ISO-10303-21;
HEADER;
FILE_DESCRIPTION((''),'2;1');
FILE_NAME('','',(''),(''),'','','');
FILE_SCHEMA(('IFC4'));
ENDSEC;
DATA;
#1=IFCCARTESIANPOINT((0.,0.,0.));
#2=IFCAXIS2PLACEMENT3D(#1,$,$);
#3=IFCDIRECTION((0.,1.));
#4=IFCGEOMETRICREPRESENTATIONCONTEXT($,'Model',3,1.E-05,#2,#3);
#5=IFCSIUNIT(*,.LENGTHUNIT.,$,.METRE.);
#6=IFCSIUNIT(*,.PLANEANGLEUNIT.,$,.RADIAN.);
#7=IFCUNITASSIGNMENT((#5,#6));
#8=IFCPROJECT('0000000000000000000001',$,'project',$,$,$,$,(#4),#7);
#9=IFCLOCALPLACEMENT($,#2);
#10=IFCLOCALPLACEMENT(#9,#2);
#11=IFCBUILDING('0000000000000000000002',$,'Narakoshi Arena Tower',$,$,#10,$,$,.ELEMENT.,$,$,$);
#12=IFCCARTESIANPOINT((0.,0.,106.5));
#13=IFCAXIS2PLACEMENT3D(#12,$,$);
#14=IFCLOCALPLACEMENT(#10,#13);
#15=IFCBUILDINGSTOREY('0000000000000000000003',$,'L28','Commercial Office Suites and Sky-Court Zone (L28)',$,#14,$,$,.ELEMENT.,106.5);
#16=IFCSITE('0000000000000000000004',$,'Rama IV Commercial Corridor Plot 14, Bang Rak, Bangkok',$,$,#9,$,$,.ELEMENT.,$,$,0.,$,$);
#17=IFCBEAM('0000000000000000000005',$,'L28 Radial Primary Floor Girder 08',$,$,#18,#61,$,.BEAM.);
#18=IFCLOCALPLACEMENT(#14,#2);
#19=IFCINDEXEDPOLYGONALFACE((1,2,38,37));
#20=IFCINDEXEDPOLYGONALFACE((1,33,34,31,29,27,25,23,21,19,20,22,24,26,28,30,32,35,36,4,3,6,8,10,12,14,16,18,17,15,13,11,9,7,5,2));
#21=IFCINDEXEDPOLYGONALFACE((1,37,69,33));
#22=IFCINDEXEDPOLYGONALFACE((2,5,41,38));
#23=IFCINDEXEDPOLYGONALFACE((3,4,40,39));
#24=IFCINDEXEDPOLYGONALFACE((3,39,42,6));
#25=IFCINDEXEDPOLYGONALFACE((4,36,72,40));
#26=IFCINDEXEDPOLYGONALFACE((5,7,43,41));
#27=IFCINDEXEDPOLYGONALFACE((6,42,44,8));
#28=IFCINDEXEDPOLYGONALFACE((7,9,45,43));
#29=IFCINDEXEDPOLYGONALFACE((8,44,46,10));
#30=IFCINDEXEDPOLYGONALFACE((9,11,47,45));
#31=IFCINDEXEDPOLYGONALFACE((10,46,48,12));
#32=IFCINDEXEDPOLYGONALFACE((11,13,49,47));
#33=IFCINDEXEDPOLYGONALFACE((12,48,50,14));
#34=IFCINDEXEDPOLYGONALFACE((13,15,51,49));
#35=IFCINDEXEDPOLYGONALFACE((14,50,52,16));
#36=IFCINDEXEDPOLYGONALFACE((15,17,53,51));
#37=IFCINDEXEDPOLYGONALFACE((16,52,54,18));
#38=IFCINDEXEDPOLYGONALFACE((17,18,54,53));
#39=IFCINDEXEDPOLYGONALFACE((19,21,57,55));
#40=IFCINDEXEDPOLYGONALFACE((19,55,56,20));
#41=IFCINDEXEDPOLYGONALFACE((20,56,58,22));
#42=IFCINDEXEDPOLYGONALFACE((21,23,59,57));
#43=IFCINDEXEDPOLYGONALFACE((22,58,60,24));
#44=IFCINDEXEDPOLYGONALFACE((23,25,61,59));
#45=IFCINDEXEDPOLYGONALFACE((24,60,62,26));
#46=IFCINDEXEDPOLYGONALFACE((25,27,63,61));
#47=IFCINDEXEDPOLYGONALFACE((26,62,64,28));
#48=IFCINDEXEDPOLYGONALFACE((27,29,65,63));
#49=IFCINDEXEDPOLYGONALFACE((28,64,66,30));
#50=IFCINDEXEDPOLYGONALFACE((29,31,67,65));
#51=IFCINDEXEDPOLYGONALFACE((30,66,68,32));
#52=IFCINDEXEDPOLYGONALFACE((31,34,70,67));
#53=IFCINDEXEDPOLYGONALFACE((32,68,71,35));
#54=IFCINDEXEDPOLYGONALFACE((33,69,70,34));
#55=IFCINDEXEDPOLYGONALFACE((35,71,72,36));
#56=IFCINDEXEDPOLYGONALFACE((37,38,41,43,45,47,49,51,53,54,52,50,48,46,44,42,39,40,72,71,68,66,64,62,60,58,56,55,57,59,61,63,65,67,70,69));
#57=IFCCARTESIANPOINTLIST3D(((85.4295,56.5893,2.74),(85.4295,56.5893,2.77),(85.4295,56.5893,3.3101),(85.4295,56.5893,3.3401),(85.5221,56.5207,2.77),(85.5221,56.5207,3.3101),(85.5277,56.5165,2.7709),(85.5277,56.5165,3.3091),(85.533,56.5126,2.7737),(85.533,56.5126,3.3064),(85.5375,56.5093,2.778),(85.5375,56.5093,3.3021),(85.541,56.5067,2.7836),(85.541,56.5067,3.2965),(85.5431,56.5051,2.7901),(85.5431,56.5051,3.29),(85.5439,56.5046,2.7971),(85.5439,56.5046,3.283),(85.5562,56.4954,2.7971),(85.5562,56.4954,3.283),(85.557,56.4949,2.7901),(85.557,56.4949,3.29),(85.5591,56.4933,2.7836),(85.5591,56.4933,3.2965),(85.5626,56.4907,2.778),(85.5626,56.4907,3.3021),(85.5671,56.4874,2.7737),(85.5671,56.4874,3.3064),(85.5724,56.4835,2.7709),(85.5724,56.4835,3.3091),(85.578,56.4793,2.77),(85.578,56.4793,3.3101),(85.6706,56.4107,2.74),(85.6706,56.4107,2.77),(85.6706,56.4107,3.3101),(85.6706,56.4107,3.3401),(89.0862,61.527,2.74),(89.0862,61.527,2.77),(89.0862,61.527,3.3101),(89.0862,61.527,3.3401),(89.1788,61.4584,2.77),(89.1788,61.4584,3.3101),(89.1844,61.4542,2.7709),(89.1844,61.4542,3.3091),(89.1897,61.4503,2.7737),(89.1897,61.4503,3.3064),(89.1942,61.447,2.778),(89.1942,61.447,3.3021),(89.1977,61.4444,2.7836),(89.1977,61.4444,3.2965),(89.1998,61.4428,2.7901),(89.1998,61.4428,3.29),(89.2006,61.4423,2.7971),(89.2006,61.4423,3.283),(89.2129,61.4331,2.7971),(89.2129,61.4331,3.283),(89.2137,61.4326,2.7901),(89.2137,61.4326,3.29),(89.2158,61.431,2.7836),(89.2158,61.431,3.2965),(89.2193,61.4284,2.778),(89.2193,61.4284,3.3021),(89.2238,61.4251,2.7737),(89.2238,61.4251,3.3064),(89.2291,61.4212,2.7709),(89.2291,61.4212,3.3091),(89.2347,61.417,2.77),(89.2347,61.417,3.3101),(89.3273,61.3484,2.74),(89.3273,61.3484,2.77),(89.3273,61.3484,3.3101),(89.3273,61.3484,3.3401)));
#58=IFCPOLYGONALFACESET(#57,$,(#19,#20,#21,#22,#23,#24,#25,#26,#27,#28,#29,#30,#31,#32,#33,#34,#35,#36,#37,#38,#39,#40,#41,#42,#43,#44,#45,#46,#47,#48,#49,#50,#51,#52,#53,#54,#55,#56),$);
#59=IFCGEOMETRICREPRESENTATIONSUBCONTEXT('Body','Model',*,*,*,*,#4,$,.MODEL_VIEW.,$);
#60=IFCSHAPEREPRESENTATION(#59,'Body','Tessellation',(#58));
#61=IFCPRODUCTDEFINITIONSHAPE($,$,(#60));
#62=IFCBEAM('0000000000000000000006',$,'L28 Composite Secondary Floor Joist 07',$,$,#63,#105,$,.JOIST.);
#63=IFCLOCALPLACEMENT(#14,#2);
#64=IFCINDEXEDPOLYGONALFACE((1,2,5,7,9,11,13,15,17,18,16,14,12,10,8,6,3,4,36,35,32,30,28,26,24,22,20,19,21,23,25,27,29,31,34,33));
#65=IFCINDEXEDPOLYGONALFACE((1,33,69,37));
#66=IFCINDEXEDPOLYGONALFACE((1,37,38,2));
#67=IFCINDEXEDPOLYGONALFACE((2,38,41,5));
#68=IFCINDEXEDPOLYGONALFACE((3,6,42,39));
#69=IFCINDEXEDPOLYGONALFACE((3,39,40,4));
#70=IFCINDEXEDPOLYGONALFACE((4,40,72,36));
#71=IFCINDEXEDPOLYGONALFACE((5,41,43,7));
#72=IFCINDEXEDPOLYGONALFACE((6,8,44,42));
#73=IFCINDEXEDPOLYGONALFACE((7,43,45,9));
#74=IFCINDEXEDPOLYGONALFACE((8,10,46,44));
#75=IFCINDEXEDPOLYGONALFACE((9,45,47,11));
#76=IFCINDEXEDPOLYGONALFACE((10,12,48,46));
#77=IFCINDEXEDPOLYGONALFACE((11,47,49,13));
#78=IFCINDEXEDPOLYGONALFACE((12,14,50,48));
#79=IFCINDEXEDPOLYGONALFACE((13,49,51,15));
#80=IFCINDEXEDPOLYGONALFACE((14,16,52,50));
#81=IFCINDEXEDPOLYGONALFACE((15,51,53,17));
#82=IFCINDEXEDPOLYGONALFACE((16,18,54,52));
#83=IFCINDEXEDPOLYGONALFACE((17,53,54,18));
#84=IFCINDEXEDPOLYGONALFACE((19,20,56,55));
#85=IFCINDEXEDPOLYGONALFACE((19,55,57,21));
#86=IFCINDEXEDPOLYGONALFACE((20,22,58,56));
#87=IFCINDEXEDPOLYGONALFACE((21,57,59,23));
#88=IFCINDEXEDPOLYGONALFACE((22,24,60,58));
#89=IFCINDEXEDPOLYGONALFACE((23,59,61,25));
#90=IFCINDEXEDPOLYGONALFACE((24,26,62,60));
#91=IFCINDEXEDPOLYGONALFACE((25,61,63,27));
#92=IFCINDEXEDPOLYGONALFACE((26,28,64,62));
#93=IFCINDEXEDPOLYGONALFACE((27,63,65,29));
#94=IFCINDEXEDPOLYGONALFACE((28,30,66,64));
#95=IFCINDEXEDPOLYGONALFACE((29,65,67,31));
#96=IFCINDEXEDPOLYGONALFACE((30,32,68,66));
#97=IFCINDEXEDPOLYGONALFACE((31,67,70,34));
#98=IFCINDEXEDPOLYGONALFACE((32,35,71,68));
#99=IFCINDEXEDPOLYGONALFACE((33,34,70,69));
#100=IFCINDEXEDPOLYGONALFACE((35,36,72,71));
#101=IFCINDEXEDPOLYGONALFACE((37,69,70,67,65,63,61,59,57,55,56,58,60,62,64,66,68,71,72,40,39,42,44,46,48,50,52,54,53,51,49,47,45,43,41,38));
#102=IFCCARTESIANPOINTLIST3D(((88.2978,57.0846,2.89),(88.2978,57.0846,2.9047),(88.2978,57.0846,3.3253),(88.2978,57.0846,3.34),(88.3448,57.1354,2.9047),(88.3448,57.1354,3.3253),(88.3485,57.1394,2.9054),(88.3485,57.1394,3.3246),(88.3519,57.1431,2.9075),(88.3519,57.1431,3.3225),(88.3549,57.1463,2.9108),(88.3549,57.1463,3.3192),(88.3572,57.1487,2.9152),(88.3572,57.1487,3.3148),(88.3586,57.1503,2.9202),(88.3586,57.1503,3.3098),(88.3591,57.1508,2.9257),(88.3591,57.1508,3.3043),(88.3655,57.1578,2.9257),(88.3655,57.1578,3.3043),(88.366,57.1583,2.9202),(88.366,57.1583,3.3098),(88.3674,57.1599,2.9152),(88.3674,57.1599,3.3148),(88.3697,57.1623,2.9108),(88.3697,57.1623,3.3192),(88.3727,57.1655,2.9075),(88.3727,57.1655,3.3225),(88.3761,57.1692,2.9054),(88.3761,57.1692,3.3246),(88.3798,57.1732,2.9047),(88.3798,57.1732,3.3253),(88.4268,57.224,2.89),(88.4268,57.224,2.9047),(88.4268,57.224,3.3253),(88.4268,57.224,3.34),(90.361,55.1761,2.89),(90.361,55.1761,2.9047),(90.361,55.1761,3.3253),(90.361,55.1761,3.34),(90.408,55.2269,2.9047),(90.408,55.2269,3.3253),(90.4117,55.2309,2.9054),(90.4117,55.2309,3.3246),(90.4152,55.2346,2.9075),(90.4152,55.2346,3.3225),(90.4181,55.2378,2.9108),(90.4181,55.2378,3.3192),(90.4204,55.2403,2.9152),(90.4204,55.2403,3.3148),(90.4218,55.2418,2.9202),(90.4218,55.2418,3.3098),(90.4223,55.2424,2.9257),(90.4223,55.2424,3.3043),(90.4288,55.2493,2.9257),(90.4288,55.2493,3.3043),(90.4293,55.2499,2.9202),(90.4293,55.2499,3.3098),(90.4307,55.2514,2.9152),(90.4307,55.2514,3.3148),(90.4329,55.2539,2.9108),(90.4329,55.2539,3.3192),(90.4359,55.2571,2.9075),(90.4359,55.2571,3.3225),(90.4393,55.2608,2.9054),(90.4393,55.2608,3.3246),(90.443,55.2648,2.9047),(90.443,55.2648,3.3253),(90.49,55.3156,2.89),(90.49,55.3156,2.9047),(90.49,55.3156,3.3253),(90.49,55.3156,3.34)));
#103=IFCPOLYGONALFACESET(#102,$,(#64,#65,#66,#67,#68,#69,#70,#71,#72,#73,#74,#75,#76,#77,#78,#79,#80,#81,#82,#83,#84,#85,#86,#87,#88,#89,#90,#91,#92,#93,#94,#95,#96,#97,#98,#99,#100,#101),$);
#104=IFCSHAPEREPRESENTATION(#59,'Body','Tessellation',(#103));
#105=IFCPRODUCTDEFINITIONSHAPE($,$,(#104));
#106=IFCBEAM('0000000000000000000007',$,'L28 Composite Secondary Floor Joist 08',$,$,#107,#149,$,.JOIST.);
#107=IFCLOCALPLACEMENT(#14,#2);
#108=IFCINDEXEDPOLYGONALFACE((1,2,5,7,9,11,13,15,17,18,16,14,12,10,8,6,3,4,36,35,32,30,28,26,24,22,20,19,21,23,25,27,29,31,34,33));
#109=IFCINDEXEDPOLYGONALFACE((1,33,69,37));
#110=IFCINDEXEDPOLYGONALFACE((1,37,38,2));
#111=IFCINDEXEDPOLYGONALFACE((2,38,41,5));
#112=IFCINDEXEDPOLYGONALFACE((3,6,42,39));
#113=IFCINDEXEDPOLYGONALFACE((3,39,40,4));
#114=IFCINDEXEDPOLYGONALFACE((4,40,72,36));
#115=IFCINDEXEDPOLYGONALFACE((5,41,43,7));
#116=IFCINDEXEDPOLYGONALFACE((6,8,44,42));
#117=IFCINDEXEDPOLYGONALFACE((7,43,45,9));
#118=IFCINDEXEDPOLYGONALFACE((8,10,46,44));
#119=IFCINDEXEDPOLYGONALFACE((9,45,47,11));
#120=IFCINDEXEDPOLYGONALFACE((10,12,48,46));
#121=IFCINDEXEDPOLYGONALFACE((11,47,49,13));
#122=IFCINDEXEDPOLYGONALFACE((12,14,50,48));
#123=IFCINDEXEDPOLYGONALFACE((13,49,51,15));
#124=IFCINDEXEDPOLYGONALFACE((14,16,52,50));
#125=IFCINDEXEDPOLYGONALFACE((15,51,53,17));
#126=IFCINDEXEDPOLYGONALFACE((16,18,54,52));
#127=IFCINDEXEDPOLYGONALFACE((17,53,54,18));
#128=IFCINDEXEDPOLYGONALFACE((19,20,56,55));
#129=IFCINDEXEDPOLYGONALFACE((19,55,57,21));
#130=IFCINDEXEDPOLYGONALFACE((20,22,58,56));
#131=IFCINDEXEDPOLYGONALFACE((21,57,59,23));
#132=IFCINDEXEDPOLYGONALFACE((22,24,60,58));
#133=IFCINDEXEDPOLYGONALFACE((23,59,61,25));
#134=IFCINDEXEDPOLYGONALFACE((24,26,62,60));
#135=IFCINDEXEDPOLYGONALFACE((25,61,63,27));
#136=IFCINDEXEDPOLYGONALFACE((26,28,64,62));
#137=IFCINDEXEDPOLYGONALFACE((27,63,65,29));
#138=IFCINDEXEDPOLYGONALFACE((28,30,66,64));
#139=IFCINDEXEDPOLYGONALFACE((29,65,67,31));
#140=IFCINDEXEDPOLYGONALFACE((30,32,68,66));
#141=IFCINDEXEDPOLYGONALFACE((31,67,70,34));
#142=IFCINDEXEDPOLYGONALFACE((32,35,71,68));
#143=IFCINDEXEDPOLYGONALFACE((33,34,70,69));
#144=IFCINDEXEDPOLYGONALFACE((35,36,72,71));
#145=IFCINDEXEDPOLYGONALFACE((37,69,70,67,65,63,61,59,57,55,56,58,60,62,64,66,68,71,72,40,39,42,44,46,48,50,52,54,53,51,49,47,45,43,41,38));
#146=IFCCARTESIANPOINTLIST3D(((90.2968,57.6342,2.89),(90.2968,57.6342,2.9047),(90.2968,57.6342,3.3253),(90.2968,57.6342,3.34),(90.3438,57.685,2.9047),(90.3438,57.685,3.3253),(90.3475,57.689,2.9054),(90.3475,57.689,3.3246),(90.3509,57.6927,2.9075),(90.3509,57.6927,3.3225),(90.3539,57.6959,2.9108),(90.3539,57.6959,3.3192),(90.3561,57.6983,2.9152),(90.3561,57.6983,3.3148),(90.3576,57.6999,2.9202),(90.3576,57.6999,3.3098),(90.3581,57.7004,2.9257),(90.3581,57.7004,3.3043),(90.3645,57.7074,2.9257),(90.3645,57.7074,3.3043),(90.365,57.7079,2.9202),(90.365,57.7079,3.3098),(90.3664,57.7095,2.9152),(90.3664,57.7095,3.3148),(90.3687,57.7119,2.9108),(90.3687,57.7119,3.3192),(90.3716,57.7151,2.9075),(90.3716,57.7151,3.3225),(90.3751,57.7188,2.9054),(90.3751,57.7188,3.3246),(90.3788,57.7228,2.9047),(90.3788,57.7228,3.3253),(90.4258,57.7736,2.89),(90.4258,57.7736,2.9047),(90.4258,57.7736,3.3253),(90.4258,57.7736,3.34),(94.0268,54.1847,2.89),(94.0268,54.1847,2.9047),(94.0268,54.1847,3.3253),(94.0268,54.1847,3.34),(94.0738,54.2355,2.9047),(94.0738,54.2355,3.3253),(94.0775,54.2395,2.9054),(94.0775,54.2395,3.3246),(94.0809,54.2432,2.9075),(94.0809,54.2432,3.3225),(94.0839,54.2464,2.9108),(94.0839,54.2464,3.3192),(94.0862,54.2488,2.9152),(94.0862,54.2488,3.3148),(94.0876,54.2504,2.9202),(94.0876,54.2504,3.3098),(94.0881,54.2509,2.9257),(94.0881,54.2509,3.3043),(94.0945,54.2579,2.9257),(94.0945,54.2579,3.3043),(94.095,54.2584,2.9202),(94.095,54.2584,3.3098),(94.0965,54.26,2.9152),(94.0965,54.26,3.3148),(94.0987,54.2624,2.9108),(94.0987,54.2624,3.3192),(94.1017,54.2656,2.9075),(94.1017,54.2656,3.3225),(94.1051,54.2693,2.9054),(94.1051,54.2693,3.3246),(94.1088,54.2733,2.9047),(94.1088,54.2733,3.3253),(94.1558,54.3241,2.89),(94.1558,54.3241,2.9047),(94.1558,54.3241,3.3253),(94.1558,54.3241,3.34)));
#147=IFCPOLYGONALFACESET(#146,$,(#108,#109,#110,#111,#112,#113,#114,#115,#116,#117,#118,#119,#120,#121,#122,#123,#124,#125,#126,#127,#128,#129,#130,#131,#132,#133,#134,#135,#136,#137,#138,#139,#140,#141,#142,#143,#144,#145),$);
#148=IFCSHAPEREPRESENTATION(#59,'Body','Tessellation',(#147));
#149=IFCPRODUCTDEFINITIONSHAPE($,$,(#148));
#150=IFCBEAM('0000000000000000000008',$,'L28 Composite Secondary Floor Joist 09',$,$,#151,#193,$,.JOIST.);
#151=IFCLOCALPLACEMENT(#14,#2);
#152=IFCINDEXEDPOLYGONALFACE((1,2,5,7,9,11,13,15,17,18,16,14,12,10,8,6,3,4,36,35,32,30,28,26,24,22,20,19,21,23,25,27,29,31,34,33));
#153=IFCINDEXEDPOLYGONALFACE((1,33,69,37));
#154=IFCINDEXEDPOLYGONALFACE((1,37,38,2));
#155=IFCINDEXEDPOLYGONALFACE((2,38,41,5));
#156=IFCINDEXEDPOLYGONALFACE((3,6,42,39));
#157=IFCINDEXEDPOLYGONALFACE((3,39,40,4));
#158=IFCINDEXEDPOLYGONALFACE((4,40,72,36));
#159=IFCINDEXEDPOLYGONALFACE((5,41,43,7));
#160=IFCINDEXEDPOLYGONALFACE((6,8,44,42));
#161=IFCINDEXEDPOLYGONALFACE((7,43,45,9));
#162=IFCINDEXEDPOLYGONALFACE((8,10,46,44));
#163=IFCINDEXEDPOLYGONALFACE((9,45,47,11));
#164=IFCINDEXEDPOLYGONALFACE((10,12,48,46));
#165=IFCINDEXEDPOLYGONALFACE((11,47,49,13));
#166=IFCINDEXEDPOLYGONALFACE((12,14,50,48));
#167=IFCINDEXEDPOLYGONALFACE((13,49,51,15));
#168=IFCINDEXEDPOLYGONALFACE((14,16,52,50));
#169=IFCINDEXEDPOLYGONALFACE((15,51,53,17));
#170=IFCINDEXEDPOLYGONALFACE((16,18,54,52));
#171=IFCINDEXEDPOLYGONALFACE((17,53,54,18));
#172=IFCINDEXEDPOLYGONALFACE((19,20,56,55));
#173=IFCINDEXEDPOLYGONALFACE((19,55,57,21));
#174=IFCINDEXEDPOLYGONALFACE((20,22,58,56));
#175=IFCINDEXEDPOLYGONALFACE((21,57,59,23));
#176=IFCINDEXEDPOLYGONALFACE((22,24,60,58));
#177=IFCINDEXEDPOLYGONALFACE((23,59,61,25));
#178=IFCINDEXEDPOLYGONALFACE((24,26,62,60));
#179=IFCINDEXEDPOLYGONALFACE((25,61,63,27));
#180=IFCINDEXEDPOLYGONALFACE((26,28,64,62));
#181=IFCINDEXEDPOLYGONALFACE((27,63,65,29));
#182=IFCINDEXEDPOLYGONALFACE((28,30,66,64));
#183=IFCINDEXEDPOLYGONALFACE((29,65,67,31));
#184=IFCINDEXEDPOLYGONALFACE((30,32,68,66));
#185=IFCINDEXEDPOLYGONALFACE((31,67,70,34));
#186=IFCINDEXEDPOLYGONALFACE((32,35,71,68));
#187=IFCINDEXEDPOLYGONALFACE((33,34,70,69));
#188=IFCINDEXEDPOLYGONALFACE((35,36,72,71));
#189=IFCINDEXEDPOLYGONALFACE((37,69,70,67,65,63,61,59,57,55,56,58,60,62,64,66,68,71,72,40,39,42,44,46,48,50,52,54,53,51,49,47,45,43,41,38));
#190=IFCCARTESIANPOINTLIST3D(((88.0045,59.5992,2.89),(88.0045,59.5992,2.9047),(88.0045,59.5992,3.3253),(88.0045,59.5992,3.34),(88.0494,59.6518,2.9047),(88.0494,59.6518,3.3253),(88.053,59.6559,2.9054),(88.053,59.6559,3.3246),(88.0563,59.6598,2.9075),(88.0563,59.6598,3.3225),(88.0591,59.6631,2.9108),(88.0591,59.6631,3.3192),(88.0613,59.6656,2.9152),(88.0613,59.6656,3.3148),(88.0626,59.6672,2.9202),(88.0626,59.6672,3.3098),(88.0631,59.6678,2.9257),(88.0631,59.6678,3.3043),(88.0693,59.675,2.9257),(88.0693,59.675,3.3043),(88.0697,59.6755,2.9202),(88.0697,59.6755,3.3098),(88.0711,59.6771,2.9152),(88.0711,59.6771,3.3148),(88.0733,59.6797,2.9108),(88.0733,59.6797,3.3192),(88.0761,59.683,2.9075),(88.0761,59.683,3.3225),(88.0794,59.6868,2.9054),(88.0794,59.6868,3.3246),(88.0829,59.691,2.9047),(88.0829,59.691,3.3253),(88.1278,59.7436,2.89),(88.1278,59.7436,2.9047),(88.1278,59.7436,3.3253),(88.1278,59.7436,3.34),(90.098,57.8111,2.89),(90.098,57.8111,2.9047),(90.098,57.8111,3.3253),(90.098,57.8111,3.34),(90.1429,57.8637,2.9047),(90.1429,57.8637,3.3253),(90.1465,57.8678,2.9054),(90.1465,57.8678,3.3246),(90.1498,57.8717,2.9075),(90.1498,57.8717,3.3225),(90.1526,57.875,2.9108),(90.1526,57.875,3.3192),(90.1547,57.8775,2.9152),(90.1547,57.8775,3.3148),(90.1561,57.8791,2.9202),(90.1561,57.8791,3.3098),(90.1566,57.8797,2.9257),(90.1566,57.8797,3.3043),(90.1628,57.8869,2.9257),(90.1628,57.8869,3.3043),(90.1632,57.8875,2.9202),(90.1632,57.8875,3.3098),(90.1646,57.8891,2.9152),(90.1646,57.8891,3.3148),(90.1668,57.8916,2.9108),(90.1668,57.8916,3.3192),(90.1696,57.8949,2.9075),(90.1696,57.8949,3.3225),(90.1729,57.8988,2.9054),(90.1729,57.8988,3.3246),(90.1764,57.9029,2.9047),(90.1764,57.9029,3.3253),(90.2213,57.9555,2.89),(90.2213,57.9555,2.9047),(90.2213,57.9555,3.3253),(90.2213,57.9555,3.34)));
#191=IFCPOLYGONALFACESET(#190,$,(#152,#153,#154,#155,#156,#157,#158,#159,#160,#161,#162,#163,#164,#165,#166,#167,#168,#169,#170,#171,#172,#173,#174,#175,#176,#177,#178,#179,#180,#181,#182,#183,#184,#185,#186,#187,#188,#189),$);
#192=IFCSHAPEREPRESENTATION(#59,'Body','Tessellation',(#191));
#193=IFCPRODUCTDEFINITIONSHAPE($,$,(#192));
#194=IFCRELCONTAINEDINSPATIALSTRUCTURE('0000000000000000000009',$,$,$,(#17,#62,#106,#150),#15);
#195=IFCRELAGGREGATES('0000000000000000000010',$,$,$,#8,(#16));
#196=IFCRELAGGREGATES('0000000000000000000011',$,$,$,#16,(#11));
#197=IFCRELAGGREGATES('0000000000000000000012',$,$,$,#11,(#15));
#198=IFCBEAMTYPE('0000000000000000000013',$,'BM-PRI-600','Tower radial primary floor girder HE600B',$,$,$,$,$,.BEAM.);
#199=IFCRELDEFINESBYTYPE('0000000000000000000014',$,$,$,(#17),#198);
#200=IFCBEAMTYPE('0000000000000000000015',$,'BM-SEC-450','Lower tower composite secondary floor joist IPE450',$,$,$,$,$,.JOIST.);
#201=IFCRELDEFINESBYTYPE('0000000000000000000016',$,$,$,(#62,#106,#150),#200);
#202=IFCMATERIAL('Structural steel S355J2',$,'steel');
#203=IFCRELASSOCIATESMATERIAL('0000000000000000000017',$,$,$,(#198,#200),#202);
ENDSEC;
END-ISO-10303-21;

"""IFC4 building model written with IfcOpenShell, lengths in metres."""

from ifc_helpers import new_model, si_unit, direction, frame, origin, origin_2d, place, context, subcontext, project, spatial, i_section, extrude, material, material_profile, profile_set, type_object, element, save


model = new_model("IFC4")

# Units and contexts
model_context = context("Model", 3, precision=1e-05, world=origin(), true_north=direction((0.0, 1.0)))
body_context = subcontext(model_context, "Body", "Model", "MODEL_VIEW")
ifc_project = project(units=[si_unit("LENGTHUNIT", "METRE"), si_unit("PLANEANGLEUNIT", "RADIAN")], contexts=[model_context])

# Site, building, storey
site_placement = place(None, origin())
site = spatial("IfcSite", under=ifc_project, at=site_placement, Name="Rama IV Commercial Corridor Plot 14, Bang Rak, Bangkok", CompositionType="ELEMENT", RefElevation=0.0)
building_placement = place(site_placement, origin())
building = spatial("IfcBuilding", under=site, at=building_placement, Name="Narakoshi Arena Tower", CompositionType="ELEMENT")
storey_placement = place(building_placement, frame((0.0, 0.0, 106.5)))
storey = spatial("IfcBuildingStorey", under=building, at=storey_placement, Name="L28", Description="Commercial Office Suites and Sky-Court Zone (L28)", CompositionType="ELEMENT", Elevation=106.5)

# Beams
ifc_material_1 = material(Name="Structural steel S355J2", Category="steel")
ifc_material_profile_1 = material_profile(ifc_material_1, i_section(OverallWidth=0.3, OverallDepth=0.6001, WebThickness=0.0154, FlangeThickness=0.03, FilletRadius=0.0271, at=origin_2d()), Name="HE600B")
ifc_profile_set_1 = profile_set([ifc_material_profile_1], Name="Structural steel S355J2")
beam_type_1 = type_object("IfcBeamType", Name="BM-PRI-600", Description="Tower radial primary floor girder HE600B", PredefinedType="BEAM", material=ifc_profile_set_1)
beam_1_placement = place(storey_placement, frame((85.55, 56.5, 3.04), z_axis=(0.595138, 0.803623, 0.0), x_axis=(-0.803623, 0.595138, 0.0)))
element("IfcBeam", 1, at=beam_1_placement, inside=storey, type_object=beam_type_1, Name="L28 Radial Primary Floor Girder 08", PredefinedType="BEAM", context=body_context, shape_type="SweptSolid", body=[
    extrude(i_section(OverallWidth=0.3, OverallDepth=0.6001, WebThickness=0.0154, FlangeThickness=0.03, FilletRadius=0.0271, at=origin_2d()), origin(), (0.0, 0.0, 1.0), 6.1443),
])
ifc_material_profile_2 = material_profile(ifc_material_1, i_section(OverallWidth=0.1899, OverallDepth=0.45, WebThickness=0.0095, FlangeThickness=0.0146, FilletRadius=0.021, at=origin_2d()), Name="IPE450")
ifc_profile_set_2 = profile_set([ifc_material_profile_2], Name="Structural steel S355J2")
beam_type_2 = type_object("IfcBeamType", Name="BM-SEC-450", Description="Lower tower composite secondary floor joist IPE450", PredefinedType="JOIST", material=ifc_profile_set_2)
beam_2_placement = place(storey_placement, frame((90.4255, 55.2458, 3.115), z_axis=(-0.734107, 0.679034, 0.0), x_axis=(-0.679034, -0.734107, 0.0)))
element("IfcBeam", 2, at=beam_2_placement, inside=storey, type_object=beam_type_2, Name="L28 Composite Secondary Floor Joist 07", PredefinedType="JOIST", context=body_context, shape_type="SweptSolid", body=[
    extrude(i_section(OverallWidth=0.1899, OverallDepth=0.45, WebThickness=0.0095, FlangeThickness=0.0146, FilletRadius=0.021, at=origin_2d()), origin(), (0.0, 0.0, 1.0), 2.8105),
])
beam_3_placement = place(storey_placement, frame((94.0913, 54.2544, 3.115), z_axis=(-0.734175, 0.67896, 0.0), x_axis=(-0.67896, -0.734175, 0.0)))
element("IfcBeam", 3, at=beam_3_placement, inside=storey, type_object=beam_type_2, Name="L28 Composite Secondary Floor Joist 08", PredefinedType="JOIST", context=body_context, shape_type="SweptSolid", body=[
    extrude(i_section(OverallWidth=0.1899, OverallDepth=0.45, WebThickness=0.0095, FlangeThickness=0.0146, FilletRadius=0.021, at=origin_2d()), origin(), (0.0, 0.0, 1.0), 5.0806),
])
beam_4_placement = place(storey_placement, frame((90.1597, 57.8833, 3.115), z_axis=(-0.760395, 0.649461, 0.0), x_axis=(-0.649461, -0.760395, 0.0)))
element("IfcBeam", 4, at=beam_4_placement, inside=storey, type_object=beam_type_2, Name="L28 Composite Secondary Floor Joist 09", PredefinedType="JOIST", context=body_context, shape_type="SweptSolid", body=[
    extrude(i_section(OverallWidth=0.1899, OverallDepth=0.45, WebThickness=0.0095, FlangeThickness=0.0146, FilletRadius=0.021, at=origin_2d()), origin(), (0.0, 0.0, 1.0), 2.7532),
])

save(model, "model.ifc")
